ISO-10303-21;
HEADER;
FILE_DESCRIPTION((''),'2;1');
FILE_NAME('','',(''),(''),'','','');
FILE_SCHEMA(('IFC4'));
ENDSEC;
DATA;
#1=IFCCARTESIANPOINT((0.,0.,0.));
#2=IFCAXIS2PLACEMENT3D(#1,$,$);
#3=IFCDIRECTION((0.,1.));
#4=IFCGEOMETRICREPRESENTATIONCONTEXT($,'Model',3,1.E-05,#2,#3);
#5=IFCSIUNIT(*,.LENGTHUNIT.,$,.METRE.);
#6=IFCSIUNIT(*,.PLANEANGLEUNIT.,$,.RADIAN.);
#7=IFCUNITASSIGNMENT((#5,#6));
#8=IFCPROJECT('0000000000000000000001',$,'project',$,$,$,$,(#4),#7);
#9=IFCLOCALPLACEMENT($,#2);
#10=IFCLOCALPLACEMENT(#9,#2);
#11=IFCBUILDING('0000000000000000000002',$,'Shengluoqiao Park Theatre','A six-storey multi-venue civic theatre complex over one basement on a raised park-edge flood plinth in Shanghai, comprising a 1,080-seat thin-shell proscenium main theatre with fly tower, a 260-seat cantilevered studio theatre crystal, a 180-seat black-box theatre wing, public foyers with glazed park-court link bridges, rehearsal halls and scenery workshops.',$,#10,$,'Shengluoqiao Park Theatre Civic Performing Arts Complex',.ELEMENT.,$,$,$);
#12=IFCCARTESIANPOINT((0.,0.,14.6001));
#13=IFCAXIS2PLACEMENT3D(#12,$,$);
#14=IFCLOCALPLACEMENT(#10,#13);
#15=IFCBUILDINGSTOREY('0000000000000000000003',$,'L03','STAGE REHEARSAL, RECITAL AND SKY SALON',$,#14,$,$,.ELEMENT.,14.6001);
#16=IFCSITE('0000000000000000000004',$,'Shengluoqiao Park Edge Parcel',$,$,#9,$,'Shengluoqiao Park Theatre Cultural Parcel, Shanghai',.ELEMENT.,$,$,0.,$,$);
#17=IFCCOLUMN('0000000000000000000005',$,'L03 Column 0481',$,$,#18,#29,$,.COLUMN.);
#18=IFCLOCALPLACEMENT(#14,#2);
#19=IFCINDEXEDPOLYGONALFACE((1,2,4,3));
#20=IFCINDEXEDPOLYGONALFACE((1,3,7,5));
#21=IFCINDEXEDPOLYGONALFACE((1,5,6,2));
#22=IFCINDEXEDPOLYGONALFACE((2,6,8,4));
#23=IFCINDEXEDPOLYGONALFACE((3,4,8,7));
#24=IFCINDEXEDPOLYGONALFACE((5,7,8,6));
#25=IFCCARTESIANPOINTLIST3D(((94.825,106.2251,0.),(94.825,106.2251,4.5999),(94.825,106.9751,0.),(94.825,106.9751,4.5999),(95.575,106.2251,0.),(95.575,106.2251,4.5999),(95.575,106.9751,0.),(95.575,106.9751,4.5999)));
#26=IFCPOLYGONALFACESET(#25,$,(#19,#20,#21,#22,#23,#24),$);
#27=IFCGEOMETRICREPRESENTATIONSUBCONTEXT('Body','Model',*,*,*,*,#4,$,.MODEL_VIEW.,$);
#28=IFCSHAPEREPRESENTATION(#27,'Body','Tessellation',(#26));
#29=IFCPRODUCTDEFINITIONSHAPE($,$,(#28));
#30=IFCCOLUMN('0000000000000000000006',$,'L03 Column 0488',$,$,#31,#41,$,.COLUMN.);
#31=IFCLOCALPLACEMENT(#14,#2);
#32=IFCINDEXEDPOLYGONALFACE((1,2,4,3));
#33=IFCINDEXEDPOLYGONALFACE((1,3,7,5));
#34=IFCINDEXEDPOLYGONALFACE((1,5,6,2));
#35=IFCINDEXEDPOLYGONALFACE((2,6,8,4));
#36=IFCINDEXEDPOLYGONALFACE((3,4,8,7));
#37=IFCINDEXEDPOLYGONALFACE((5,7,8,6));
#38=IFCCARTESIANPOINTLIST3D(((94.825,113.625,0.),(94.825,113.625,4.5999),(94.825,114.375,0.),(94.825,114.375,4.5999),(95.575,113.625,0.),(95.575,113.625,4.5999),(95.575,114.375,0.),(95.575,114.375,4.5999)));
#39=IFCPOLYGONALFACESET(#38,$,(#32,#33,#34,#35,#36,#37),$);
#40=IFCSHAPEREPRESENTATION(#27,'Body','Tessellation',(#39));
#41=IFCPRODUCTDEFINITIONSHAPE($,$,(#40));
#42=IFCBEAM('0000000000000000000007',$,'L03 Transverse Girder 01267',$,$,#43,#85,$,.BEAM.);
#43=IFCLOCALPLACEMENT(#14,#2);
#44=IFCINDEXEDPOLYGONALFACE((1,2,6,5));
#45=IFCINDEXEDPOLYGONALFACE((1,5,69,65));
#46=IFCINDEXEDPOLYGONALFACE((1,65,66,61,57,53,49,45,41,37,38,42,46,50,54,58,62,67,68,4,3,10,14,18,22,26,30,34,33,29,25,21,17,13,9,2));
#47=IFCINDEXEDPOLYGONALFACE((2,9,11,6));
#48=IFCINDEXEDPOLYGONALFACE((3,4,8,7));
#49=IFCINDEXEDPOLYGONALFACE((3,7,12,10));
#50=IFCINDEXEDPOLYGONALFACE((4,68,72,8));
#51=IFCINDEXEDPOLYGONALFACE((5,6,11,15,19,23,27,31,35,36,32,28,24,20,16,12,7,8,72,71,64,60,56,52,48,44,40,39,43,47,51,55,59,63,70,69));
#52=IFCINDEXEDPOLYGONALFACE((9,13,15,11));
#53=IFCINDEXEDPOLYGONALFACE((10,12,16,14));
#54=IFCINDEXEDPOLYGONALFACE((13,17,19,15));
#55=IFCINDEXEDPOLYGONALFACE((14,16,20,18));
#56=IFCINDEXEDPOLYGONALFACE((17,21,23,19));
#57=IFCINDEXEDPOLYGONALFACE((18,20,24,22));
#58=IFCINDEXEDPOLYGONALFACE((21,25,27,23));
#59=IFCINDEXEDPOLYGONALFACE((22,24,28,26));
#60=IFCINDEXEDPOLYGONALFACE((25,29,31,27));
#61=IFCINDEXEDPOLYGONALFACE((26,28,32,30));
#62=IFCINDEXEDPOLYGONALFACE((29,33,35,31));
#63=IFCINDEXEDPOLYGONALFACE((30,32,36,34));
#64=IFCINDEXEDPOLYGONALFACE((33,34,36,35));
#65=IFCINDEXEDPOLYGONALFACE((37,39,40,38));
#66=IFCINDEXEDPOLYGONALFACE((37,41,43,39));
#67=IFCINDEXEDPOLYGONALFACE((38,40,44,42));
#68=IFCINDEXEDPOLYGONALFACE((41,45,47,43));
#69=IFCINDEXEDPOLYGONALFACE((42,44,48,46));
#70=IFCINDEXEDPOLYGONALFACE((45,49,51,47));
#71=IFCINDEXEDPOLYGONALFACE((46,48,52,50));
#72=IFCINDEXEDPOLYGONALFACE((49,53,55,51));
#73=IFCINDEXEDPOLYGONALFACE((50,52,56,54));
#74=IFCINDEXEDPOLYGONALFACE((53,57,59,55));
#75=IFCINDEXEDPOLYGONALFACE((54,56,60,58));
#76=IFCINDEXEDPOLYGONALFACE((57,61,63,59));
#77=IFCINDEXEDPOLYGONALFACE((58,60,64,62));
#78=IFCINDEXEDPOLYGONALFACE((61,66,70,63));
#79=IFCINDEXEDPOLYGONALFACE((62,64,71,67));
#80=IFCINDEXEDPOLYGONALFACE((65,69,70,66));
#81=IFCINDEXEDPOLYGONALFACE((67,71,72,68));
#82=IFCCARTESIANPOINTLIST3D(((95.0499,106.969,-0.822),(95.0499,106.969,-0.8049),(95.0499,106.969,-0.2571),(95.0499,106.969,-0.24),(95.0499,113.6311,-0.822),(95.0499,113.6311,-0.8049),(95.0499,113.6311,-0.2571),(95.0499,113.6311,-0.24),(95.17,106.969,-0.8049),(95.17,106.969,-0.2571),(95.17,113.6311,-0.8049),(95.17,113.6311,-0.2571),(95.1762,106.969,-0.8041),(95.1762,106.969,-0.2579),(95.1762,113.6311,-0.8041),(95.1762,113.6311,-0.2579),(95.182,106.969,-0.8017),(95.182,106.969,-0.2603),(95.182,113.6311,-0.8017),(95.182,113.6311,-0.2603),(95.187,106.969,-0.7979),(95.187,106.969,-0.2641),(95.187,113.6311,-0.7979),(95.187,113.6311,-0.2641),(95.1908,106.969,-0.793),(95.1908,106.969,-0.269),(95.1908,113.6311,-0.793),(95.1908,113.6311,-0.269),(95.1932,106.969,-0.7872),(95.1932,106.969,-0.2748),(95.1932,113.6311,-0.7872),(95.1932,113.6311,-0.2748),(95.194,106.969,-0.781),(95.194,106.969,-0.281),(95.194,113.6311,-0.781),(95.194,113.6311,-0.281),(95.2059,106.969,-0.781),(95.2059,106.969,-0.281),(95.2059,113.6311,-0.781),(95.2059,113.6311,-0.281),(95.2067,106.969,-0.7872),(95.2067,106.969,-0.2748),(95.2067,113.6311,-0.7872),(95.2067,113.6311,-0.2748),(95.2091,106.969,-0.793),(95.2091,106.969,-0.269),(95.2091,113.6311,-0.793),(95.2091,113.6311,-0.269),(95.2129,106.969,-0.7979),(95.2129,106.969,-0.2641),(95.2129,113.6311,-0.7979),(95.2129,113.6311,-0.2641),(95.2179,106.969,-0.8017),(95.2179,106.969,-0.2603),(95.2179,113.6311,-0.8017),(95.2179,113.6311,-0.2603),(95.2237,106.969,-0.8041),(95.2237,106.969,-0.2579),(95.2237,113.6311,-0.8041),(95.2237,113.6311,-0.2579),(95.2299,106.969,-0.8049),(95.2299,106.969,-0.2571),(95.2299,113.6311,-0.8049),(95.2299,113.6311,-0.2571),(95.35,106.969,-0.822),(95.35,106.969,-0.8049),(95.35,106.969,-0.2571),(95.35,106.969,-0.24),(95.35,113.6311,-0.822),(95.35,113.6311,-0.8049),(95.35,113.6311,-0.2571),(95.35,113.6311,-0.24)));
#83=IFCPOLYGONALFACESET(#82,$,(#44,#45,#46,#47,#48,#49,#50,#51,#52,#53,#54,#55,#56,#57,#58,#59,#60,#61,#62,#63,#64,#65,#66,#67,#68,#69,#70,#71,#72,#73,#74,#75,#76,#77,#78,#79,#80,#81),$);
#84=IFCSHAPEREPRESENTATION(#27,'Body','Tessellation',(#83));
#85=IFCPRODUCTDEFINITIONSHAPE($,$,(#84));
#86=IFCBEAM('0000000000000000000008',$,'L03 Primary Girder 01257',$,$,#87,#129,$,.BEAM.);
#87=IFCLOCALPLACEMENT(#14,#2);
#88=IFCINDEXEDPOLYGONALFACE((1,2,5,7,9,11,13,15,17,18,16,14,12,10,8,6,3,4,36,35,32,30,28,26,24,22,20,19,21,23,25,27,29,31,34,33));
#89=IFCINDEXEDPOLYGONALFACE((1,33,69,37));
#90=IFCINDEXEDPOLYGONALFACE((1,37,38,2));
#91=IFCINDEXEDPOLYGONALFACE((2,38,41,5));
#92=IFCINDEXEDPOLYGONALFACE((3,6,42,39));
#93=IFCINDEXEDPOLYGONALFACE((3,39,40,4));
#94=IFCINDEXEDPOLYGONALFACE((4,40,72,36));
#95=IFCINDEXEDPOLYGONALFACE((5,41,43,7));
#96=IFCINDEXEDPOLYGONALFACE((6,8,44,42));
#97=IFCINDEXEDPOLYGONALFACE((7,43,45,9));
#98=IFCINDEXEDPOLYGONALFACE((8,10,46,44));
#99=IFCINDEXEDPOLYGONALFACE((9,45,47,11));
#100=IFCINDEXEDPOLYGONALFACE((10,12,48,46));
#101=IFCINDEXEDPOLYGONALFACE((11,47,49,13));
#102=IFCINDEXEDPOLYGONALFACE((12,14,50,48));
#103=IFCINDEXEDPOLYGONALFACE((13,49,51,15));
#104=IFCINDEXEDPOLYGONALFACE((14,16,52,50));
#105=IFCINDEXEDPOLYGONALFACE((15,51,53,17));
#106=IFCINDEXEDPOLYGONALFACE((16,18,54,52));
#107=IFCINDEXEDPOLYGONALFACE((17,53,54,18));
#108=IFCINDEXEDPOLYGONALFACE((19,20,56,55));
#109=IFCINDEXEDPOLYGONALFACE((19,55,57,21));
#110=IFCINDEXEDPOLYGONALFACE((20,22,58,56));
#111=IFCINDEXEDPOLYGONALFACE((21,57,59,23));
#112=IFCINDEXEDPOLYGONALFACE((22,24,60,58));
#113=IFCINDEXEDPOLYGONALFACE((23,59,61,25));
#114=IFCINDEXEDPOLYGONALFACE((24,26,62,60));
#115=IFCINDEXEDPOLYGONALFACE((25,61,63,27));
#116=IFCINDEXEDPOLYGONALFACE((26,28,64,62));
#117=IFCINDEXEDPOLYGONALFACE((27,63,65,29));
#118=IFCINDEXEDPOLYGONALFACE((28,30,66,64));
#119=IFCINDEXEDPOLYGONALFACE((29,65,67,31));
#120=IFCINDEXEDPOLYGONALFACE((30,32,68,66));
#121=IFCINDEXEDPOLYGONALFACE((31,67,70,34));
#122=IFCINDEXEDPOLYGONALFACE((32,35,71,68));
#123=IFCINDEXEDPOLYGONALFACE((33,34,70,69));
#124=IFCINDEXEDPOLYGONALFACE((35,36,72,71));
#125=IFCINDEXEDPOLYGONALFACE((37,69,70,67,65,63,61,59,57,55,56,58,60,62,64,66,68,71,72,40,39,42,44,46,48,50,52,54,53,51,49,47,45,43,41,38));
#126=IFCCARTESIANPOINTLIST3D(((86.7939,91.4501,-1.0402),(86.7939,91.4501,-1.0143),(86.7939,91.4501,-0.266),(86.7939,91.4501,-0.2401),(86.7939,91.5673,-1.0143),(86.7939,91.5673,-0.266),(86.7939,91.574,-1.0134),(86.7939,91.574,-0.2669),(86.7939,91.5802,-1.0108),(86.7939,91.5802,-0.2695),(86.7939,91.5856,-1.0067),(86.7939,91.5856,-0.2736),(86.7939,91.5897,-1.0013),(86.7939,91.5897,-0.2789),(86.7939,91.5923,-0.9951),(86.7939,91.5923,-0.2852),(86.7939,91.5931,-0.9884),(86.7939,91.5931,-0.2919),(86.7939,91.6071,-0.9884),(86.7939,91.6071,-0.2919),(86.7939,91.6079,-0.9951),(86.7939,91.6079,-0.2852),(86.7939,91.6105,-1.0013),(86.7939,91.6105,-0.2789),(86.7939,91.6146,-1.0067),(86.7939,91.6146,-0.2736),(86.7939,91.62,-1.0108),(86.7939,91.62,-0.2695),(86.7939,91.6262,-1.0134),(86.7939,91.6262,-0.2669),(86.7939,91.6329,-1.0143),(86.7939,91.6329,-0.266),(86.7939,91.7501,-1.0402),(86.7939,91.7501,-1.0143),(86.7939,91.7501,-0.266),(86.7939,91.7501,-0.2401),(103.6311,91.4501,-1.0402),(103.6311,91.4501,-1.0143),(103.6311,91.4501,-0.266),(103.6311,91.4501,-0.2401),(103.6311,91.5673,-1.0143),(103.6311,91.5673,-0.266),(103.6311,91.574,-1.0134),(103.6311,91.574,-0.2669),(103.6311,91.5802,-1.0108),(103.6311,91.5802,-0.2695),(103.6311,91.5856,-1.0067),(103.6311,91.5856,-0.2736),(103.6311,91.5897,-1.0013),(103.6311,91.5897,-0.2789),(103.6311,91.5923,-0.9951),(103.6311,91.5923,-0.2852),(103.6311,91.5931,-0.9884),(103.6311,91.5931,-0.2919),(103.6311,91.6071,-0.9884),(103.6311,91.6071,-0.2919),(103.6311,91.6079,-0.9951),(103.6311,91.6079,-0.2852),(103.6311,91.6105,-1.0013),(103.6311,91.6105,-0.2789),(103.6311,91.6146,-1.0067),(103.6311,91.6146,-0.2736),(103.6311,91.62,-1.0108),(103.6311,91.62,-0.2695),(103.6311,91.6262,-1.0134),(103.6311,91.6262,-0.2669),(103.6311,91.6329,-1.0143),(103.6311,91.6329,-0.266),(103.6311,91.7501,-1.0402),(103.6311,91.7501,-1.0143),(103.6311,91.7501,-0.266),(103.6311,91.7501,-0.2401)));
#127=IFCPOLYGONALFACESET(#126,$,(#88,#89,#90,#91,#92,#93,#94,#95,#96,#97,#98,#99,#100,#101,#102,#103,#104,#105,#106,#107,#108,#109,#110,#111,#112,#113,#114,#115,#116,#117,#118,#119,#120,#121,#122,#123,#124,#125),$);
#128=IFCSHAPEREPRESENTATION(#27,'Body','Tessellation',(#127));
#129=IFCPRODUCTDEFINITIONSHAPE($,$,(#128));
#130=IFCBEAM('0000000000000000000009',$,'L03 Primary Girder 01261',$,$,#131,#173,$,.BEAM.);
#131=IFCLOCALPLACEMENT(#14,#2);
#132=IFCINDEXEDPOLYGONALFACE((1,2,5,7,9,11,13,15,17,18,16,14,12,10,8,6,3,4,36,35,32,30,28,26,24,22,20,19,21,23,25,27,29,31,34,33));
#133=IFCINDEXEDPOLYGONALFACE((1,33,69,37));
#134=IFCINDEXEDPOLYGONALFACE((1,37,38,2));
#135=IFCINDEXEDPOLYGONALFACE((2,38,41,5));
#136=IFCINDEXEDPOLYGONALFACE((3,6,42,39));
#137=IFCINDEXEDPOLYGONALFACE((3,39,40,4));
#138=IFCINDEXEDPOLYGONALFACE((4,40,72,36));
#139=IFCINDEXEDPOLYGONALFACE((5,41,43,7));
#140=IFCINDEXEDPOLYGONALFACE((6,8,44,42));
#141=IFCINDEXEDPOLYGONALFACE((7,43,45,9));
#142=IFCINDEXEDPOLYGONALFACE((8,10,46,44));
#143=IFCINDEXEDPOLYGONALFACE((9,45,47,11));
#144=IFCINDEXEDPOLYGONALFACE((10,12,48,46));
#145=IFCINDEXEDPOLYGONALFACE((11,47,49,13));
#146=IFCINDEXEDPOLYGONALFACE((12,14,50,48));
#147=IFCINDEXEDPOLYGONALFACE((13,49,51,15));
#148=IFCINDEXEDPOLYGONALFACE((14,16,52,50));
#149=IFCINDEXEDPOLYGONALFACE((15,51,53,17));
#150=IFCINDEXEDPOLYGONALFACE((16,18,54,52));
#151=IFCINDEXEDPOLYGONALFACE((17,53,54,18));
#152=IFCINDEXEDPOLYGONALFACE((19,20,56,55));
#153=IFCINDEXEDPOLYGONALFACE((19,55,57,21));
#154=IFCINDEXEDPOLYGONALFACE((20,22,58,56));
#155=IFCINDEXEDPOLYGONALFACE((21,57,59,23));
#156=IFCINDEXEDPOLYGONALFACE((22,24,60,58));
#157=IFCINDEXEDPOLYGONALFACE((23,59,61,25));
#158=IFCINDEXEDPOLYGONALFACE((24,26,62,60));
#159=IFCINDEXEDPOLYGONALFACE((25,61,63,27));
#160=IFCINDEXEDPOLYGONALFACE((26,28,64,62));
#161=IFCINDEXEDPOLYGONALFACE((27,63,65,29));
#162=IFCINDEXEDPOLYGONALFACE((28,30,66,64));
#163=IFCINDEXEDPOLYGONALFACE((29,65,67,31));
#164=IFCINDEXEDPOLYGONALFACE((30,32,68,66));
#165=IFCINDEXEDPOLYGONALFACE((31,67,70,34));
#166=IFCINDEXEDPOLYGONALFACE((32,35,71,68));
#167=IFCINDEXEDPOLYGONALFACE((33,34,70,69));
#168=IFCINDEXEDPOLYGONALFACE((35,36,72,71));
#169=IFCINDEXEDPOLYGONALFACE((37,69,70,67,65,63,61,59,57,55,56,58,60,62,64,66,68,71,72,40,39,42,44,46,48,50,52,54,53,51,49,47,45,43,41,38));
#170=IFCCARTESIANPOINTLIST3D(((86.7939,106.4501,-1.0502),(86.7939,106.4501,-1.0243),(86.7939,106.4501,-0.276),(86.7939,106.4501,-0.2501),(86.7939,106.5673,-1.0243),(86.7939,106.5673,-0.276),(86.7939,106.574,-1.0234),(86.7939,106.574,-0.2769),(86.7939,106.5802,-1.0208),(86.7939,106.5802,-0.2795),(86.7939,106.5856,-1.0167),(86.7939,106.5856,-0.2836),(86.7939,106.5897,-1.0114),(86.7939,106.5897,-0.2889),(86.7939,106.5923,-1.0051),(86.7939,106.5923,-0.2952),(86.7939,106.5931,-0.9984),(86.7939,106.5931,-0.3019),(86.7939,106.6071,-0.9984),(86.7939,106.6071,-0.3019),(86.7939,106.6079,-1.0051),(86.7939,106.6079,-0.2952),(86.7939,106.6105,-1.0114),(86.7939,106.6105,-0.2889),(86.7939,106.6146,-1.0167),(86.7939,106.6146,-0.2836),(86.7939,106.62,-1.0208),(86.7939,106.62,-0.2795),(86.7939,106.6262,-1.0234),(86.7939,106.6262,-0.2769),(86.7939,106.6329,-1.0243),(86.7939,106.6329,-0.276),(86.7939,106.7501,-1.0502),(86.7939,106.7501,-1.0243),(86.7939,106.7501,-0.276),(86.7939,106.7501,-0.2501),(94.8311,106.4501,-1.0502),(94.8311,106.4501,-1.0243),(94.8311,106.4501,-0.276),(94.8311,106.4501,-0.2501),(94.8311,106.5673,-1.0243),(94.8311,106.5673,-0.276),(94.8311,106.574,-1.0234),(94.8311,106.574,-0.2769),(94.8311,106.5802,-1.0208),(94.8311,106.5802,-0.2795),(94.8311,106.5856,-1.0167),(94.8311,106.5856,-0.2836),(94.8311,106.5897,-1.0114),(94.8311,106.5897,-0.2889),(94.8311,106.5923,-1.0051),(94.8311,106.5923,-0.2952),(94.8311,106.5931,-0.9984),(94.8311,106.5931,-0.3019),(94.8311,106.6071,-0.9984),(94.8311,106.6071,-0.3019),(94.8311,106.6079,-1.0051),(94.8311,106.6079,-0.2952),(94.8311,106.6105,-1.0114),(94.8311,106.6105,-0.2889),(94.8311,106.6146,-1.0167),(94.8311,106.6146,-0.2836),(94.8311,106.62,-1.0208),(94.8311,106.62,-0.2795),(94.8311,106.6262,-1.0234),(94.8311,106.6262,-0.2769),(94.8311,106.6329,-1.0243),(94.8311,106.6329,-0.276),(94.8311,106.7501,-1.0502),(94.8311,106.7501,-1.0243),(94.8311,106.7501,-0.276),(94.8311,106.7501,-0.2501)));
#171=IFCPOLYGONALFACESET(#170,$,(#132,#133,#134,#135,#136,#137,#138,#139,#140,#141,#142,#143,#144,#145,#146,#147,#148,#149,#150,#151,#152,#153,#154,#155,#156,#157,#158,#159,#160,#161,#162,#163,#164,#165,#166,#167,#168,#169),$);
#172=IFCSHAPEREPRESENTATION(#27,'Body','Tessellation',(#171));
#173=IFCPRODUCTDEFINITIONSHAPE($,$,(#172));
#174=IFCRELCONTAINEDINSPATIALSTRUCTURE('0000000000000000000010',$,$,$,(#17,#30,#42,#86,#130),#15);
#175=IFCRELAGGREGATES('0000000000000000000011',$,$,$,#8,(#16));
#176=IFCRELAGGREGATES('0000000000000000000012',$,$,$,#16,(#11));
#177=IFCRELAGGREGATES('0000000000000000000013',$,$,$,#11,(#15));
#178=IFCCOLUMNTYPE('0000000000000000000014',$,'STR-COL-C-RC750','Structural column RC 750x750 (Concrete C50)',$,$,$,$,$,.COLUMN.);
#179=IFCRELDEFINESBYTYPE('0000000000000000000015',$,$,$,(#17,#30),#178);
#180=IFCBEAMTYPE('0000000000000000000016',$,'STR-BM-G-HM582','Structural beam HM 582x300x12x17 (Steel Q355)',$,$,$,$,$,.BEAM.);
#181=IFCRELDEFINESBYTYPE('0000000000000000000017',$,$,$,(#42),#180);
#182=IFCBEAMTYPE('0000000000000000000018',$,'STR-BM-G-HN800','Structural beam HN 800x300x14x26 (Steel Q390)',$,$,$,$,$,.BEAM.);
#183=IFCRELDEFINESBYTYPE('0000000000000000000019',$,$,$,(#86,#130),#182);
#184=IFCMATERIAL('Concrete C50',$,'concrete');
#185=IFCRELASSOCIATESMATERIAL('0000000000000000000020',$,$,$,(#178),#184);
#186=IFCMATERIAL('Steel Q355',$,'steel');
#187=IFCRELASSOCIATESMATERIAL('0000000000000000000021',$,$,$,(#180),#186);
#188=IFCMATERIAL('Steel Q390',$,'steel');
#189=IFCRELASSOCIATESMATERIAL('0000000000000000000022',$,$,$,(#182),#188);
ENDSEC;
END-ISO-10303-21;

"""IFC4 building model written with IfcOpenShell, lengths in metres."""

from ifc_helpers import new_model, si_unit, direction, frame, origin, origin_2d, place, context, subcontext, project, spatial, rectangle, i_section, extrude, material, material_profile, profile_set, type_object, element, save


model = new_model("IFC4")

# Units and contexts
model_context = context("Model", 3, precision=1e-05, world=origin(), true_north=direction((0.0, 1.0)))
body_context = subcontext(model_context, "Body", "Model", "MODEL_VIEW")
ifc_project = project(units=[si_unit("LENGTHUNIT", "METRE"), si_unit("PLANEANGLEUNIT", "RADIAN")], contexts=[model_context])

# Site, building, storey
site_placement = place(None, origin())
site = spatial("IfcSite", under=ifc_project, at=site_placement, Name="Shengluoqiao Park Edge Parcel", LongName="Shengluoqiao Park Theatre Cultural Parcel, Shanghai", CompositionType="ELEMENT", RefElevation=0.0)
building_placement = place(site_placement, origin())
building = spatial("IfcBuilding", under=site, at=building_placement, Name="Shengluoqiao Park Theatre", Description="A six-storey multi-venue civic theatre complex over one basement on a raised park-edge flood plinth in Shanghai, comprising a 1,080-seat thin-shell proscenium main theatre with fly tower, a 260-seat cantilevered studio theatre crystal, a 180-seat black-box theatre wing, public foyers with glazed park-court link bridges, rehearsal halls and scenery workshops.", LongName="Shengluoqiao Park Theatre Civic Performing Arts Complex", CompositionType="ELEMENT")
storey_placement = place(building_placement, frame((0.0, 0.0, 14.6001)))
storey = spatial("IfcBuildingStorey", under=building, at=storey_placement, Name="L03", Description="STAGE REHEARSAL, RECITAL AND SKY SALON", CompositionType="ELEMENT", Elevation=14.6001)

# Columns
ifc_material_1 = material(Name="Concrete C50", Category="concrete")
ifc_material_profile_1 = material_profile(ifc_material_1, rectangle(XDim=0.75, YDim=0.75, at=origin_2d()), Name="RC 750x750")
ifc_profile_set_1 = profile_set([ifc_material_profile_1], Name="Concrete C50")
column_type = type_object("IfcColumnType", Name="STR-COL-C-RC750", Description="Structural column RC 750x750 (Concrete C50)", PredefinedType="COLUMN", material=ifc_profile_set_1)
for number, where, z_axis, x_axis, name in (
    (1, (95.2, 106.6001, 0.0), (0.0, 0.0, 1.0), (1.0, 0.0, 0.0), "L03 Column 0481"),
    (2, (95.2, 114.0, 0.0), (0.0, 0.0, 1.0), (1.0, 0.0, 0.0), "L03 Column 0488"),
):
    element("IfcColumn", number, at=place(storey_placement, frame(where, z_axis=z_axis, x_axis=x_axis)), inside=storey, type_object=column_type, Name=name, PredefinedType="COLUMN", context=body_context, shape_type="SweptSolid", body=[
        extrude(rectangle(XDim=0.75, YDim=0.75, at=origin_2d()), origin(), (0.0, 0.0, 1.0), 4.5999),
    ])

# Beams
ifc_material_2 = material(Name="Steel Q355", Category="steel")
ifc_material_profile_2 = material_profile(ifc_material_2, i_section(OverallWidth=0.3, OverallDepth=0.582, WebThickness=0.012, FlangeThickness=0.0171, FilletRadius=0.0239, at=origin_2d()), Name="HM 582x300x12x17")
ifc_profile_set_2 = profile_set([ifc_material_profile_2], Name="Steel Q355")
beam_type_1 = type_object("IfcBeamType", Name="STR-BM-G-HM582", Description="Structural beam HM 582x300x12x17 (Steel Q355)", PredefinedType="BEAM", material=ifc_profile_set_2)
beam_1_placement = place(storey_placement, frame((95.2, 106.969, -0.531), z_axis=(0.0, 1.0, 0.0), x_axis=(-1.0, 0.0, 0.0)))
element("IfcBeam", 3, at=beam_1_placement, inside=storey, type_object=beam_type_1, Name="L03 Transverse Girder 01267", PredefinedType="BEAM", context=body_context, shape_type="SweptSolid", body=[
    extrude(i_section(OverallWidth=0.3, OverallDepth=0.582, WebThickness=0.012, FlangeThickness=0.0171, FilletRadius=0.0239, at=origin_2d()), origin(), (0.0, 0.0, 1.0), 6.6621),
])
ifc_material_3 = material(Name="Steel Q390", Category="steel")
ifc_material_profile_3 = material_profile(ifc_material_3, i_section(OverallWidth=0.3, OverallDepth=0.8, WebThickness=0.0139, FlangeThickness=0.0259, FilletRadius=0.0259, at=origin_2d()), Name="HN 800x300x14x26")
ifc_profile_set_3 = profile_set([ifc_material_profile_3], Name="Steel Q390")
beam_type_2 = type_object("IfcBeamType", Name="STR-BM-G-HN800", Description="Structural beam HN 800x300x14x26 (Steel Q390)", PredefinedType="BEAM", material=ifc_profile_set_3)
beam_2_placement = place(storey_placement, frame((86.7939, 91.6001, -0.6401), z_axis=(1.0, 0.0, 0.0), x_axis=(0.0, 1.0, 0.0)))
element("IfcBeam", 4, at=beam_2_placement, inside=storey, type_object=beam_type_2, Name="L03 Primary Girder 01257", PredefinedType="BEAM", context=body_context, shape_type="SweptSolid", body=[
    extrude(i_section(OverallWidth=0.3, OverallDepth=0.8, WebThickness=0.0139, FlangeThickness=0.0259, FilletRadius=0.0259, at=origin_2d()), origin(), (0.0, 0.0, 1.0), 16.8372),
])
beam_3_placement = place(storey_placement, frame((86.7939, 106.6001, -0.6501), z_axis=(1.0, 0.0, 0.0), x_axis=(0.0, 1.0, 0.0)))
element("IfcBeam", 5, at=beam_3_placement, inside=storey, type_object=beam_type_2, Name="L03 Primary Girder 01261", PredefinedType="BEAM", context=body_context, shape_type="SweptSolid", body=[
    extrude(i_section(OverallWidth=0.3, OverallDepth=0.8, WebThickness=0.0139, FlangeThickness=0.0259, FilletRadius=0.0259, at=origin_2d()), origin(), (0.0, 0.0, 1.0), 8.0371),
])

save(model, "model.ifc")
